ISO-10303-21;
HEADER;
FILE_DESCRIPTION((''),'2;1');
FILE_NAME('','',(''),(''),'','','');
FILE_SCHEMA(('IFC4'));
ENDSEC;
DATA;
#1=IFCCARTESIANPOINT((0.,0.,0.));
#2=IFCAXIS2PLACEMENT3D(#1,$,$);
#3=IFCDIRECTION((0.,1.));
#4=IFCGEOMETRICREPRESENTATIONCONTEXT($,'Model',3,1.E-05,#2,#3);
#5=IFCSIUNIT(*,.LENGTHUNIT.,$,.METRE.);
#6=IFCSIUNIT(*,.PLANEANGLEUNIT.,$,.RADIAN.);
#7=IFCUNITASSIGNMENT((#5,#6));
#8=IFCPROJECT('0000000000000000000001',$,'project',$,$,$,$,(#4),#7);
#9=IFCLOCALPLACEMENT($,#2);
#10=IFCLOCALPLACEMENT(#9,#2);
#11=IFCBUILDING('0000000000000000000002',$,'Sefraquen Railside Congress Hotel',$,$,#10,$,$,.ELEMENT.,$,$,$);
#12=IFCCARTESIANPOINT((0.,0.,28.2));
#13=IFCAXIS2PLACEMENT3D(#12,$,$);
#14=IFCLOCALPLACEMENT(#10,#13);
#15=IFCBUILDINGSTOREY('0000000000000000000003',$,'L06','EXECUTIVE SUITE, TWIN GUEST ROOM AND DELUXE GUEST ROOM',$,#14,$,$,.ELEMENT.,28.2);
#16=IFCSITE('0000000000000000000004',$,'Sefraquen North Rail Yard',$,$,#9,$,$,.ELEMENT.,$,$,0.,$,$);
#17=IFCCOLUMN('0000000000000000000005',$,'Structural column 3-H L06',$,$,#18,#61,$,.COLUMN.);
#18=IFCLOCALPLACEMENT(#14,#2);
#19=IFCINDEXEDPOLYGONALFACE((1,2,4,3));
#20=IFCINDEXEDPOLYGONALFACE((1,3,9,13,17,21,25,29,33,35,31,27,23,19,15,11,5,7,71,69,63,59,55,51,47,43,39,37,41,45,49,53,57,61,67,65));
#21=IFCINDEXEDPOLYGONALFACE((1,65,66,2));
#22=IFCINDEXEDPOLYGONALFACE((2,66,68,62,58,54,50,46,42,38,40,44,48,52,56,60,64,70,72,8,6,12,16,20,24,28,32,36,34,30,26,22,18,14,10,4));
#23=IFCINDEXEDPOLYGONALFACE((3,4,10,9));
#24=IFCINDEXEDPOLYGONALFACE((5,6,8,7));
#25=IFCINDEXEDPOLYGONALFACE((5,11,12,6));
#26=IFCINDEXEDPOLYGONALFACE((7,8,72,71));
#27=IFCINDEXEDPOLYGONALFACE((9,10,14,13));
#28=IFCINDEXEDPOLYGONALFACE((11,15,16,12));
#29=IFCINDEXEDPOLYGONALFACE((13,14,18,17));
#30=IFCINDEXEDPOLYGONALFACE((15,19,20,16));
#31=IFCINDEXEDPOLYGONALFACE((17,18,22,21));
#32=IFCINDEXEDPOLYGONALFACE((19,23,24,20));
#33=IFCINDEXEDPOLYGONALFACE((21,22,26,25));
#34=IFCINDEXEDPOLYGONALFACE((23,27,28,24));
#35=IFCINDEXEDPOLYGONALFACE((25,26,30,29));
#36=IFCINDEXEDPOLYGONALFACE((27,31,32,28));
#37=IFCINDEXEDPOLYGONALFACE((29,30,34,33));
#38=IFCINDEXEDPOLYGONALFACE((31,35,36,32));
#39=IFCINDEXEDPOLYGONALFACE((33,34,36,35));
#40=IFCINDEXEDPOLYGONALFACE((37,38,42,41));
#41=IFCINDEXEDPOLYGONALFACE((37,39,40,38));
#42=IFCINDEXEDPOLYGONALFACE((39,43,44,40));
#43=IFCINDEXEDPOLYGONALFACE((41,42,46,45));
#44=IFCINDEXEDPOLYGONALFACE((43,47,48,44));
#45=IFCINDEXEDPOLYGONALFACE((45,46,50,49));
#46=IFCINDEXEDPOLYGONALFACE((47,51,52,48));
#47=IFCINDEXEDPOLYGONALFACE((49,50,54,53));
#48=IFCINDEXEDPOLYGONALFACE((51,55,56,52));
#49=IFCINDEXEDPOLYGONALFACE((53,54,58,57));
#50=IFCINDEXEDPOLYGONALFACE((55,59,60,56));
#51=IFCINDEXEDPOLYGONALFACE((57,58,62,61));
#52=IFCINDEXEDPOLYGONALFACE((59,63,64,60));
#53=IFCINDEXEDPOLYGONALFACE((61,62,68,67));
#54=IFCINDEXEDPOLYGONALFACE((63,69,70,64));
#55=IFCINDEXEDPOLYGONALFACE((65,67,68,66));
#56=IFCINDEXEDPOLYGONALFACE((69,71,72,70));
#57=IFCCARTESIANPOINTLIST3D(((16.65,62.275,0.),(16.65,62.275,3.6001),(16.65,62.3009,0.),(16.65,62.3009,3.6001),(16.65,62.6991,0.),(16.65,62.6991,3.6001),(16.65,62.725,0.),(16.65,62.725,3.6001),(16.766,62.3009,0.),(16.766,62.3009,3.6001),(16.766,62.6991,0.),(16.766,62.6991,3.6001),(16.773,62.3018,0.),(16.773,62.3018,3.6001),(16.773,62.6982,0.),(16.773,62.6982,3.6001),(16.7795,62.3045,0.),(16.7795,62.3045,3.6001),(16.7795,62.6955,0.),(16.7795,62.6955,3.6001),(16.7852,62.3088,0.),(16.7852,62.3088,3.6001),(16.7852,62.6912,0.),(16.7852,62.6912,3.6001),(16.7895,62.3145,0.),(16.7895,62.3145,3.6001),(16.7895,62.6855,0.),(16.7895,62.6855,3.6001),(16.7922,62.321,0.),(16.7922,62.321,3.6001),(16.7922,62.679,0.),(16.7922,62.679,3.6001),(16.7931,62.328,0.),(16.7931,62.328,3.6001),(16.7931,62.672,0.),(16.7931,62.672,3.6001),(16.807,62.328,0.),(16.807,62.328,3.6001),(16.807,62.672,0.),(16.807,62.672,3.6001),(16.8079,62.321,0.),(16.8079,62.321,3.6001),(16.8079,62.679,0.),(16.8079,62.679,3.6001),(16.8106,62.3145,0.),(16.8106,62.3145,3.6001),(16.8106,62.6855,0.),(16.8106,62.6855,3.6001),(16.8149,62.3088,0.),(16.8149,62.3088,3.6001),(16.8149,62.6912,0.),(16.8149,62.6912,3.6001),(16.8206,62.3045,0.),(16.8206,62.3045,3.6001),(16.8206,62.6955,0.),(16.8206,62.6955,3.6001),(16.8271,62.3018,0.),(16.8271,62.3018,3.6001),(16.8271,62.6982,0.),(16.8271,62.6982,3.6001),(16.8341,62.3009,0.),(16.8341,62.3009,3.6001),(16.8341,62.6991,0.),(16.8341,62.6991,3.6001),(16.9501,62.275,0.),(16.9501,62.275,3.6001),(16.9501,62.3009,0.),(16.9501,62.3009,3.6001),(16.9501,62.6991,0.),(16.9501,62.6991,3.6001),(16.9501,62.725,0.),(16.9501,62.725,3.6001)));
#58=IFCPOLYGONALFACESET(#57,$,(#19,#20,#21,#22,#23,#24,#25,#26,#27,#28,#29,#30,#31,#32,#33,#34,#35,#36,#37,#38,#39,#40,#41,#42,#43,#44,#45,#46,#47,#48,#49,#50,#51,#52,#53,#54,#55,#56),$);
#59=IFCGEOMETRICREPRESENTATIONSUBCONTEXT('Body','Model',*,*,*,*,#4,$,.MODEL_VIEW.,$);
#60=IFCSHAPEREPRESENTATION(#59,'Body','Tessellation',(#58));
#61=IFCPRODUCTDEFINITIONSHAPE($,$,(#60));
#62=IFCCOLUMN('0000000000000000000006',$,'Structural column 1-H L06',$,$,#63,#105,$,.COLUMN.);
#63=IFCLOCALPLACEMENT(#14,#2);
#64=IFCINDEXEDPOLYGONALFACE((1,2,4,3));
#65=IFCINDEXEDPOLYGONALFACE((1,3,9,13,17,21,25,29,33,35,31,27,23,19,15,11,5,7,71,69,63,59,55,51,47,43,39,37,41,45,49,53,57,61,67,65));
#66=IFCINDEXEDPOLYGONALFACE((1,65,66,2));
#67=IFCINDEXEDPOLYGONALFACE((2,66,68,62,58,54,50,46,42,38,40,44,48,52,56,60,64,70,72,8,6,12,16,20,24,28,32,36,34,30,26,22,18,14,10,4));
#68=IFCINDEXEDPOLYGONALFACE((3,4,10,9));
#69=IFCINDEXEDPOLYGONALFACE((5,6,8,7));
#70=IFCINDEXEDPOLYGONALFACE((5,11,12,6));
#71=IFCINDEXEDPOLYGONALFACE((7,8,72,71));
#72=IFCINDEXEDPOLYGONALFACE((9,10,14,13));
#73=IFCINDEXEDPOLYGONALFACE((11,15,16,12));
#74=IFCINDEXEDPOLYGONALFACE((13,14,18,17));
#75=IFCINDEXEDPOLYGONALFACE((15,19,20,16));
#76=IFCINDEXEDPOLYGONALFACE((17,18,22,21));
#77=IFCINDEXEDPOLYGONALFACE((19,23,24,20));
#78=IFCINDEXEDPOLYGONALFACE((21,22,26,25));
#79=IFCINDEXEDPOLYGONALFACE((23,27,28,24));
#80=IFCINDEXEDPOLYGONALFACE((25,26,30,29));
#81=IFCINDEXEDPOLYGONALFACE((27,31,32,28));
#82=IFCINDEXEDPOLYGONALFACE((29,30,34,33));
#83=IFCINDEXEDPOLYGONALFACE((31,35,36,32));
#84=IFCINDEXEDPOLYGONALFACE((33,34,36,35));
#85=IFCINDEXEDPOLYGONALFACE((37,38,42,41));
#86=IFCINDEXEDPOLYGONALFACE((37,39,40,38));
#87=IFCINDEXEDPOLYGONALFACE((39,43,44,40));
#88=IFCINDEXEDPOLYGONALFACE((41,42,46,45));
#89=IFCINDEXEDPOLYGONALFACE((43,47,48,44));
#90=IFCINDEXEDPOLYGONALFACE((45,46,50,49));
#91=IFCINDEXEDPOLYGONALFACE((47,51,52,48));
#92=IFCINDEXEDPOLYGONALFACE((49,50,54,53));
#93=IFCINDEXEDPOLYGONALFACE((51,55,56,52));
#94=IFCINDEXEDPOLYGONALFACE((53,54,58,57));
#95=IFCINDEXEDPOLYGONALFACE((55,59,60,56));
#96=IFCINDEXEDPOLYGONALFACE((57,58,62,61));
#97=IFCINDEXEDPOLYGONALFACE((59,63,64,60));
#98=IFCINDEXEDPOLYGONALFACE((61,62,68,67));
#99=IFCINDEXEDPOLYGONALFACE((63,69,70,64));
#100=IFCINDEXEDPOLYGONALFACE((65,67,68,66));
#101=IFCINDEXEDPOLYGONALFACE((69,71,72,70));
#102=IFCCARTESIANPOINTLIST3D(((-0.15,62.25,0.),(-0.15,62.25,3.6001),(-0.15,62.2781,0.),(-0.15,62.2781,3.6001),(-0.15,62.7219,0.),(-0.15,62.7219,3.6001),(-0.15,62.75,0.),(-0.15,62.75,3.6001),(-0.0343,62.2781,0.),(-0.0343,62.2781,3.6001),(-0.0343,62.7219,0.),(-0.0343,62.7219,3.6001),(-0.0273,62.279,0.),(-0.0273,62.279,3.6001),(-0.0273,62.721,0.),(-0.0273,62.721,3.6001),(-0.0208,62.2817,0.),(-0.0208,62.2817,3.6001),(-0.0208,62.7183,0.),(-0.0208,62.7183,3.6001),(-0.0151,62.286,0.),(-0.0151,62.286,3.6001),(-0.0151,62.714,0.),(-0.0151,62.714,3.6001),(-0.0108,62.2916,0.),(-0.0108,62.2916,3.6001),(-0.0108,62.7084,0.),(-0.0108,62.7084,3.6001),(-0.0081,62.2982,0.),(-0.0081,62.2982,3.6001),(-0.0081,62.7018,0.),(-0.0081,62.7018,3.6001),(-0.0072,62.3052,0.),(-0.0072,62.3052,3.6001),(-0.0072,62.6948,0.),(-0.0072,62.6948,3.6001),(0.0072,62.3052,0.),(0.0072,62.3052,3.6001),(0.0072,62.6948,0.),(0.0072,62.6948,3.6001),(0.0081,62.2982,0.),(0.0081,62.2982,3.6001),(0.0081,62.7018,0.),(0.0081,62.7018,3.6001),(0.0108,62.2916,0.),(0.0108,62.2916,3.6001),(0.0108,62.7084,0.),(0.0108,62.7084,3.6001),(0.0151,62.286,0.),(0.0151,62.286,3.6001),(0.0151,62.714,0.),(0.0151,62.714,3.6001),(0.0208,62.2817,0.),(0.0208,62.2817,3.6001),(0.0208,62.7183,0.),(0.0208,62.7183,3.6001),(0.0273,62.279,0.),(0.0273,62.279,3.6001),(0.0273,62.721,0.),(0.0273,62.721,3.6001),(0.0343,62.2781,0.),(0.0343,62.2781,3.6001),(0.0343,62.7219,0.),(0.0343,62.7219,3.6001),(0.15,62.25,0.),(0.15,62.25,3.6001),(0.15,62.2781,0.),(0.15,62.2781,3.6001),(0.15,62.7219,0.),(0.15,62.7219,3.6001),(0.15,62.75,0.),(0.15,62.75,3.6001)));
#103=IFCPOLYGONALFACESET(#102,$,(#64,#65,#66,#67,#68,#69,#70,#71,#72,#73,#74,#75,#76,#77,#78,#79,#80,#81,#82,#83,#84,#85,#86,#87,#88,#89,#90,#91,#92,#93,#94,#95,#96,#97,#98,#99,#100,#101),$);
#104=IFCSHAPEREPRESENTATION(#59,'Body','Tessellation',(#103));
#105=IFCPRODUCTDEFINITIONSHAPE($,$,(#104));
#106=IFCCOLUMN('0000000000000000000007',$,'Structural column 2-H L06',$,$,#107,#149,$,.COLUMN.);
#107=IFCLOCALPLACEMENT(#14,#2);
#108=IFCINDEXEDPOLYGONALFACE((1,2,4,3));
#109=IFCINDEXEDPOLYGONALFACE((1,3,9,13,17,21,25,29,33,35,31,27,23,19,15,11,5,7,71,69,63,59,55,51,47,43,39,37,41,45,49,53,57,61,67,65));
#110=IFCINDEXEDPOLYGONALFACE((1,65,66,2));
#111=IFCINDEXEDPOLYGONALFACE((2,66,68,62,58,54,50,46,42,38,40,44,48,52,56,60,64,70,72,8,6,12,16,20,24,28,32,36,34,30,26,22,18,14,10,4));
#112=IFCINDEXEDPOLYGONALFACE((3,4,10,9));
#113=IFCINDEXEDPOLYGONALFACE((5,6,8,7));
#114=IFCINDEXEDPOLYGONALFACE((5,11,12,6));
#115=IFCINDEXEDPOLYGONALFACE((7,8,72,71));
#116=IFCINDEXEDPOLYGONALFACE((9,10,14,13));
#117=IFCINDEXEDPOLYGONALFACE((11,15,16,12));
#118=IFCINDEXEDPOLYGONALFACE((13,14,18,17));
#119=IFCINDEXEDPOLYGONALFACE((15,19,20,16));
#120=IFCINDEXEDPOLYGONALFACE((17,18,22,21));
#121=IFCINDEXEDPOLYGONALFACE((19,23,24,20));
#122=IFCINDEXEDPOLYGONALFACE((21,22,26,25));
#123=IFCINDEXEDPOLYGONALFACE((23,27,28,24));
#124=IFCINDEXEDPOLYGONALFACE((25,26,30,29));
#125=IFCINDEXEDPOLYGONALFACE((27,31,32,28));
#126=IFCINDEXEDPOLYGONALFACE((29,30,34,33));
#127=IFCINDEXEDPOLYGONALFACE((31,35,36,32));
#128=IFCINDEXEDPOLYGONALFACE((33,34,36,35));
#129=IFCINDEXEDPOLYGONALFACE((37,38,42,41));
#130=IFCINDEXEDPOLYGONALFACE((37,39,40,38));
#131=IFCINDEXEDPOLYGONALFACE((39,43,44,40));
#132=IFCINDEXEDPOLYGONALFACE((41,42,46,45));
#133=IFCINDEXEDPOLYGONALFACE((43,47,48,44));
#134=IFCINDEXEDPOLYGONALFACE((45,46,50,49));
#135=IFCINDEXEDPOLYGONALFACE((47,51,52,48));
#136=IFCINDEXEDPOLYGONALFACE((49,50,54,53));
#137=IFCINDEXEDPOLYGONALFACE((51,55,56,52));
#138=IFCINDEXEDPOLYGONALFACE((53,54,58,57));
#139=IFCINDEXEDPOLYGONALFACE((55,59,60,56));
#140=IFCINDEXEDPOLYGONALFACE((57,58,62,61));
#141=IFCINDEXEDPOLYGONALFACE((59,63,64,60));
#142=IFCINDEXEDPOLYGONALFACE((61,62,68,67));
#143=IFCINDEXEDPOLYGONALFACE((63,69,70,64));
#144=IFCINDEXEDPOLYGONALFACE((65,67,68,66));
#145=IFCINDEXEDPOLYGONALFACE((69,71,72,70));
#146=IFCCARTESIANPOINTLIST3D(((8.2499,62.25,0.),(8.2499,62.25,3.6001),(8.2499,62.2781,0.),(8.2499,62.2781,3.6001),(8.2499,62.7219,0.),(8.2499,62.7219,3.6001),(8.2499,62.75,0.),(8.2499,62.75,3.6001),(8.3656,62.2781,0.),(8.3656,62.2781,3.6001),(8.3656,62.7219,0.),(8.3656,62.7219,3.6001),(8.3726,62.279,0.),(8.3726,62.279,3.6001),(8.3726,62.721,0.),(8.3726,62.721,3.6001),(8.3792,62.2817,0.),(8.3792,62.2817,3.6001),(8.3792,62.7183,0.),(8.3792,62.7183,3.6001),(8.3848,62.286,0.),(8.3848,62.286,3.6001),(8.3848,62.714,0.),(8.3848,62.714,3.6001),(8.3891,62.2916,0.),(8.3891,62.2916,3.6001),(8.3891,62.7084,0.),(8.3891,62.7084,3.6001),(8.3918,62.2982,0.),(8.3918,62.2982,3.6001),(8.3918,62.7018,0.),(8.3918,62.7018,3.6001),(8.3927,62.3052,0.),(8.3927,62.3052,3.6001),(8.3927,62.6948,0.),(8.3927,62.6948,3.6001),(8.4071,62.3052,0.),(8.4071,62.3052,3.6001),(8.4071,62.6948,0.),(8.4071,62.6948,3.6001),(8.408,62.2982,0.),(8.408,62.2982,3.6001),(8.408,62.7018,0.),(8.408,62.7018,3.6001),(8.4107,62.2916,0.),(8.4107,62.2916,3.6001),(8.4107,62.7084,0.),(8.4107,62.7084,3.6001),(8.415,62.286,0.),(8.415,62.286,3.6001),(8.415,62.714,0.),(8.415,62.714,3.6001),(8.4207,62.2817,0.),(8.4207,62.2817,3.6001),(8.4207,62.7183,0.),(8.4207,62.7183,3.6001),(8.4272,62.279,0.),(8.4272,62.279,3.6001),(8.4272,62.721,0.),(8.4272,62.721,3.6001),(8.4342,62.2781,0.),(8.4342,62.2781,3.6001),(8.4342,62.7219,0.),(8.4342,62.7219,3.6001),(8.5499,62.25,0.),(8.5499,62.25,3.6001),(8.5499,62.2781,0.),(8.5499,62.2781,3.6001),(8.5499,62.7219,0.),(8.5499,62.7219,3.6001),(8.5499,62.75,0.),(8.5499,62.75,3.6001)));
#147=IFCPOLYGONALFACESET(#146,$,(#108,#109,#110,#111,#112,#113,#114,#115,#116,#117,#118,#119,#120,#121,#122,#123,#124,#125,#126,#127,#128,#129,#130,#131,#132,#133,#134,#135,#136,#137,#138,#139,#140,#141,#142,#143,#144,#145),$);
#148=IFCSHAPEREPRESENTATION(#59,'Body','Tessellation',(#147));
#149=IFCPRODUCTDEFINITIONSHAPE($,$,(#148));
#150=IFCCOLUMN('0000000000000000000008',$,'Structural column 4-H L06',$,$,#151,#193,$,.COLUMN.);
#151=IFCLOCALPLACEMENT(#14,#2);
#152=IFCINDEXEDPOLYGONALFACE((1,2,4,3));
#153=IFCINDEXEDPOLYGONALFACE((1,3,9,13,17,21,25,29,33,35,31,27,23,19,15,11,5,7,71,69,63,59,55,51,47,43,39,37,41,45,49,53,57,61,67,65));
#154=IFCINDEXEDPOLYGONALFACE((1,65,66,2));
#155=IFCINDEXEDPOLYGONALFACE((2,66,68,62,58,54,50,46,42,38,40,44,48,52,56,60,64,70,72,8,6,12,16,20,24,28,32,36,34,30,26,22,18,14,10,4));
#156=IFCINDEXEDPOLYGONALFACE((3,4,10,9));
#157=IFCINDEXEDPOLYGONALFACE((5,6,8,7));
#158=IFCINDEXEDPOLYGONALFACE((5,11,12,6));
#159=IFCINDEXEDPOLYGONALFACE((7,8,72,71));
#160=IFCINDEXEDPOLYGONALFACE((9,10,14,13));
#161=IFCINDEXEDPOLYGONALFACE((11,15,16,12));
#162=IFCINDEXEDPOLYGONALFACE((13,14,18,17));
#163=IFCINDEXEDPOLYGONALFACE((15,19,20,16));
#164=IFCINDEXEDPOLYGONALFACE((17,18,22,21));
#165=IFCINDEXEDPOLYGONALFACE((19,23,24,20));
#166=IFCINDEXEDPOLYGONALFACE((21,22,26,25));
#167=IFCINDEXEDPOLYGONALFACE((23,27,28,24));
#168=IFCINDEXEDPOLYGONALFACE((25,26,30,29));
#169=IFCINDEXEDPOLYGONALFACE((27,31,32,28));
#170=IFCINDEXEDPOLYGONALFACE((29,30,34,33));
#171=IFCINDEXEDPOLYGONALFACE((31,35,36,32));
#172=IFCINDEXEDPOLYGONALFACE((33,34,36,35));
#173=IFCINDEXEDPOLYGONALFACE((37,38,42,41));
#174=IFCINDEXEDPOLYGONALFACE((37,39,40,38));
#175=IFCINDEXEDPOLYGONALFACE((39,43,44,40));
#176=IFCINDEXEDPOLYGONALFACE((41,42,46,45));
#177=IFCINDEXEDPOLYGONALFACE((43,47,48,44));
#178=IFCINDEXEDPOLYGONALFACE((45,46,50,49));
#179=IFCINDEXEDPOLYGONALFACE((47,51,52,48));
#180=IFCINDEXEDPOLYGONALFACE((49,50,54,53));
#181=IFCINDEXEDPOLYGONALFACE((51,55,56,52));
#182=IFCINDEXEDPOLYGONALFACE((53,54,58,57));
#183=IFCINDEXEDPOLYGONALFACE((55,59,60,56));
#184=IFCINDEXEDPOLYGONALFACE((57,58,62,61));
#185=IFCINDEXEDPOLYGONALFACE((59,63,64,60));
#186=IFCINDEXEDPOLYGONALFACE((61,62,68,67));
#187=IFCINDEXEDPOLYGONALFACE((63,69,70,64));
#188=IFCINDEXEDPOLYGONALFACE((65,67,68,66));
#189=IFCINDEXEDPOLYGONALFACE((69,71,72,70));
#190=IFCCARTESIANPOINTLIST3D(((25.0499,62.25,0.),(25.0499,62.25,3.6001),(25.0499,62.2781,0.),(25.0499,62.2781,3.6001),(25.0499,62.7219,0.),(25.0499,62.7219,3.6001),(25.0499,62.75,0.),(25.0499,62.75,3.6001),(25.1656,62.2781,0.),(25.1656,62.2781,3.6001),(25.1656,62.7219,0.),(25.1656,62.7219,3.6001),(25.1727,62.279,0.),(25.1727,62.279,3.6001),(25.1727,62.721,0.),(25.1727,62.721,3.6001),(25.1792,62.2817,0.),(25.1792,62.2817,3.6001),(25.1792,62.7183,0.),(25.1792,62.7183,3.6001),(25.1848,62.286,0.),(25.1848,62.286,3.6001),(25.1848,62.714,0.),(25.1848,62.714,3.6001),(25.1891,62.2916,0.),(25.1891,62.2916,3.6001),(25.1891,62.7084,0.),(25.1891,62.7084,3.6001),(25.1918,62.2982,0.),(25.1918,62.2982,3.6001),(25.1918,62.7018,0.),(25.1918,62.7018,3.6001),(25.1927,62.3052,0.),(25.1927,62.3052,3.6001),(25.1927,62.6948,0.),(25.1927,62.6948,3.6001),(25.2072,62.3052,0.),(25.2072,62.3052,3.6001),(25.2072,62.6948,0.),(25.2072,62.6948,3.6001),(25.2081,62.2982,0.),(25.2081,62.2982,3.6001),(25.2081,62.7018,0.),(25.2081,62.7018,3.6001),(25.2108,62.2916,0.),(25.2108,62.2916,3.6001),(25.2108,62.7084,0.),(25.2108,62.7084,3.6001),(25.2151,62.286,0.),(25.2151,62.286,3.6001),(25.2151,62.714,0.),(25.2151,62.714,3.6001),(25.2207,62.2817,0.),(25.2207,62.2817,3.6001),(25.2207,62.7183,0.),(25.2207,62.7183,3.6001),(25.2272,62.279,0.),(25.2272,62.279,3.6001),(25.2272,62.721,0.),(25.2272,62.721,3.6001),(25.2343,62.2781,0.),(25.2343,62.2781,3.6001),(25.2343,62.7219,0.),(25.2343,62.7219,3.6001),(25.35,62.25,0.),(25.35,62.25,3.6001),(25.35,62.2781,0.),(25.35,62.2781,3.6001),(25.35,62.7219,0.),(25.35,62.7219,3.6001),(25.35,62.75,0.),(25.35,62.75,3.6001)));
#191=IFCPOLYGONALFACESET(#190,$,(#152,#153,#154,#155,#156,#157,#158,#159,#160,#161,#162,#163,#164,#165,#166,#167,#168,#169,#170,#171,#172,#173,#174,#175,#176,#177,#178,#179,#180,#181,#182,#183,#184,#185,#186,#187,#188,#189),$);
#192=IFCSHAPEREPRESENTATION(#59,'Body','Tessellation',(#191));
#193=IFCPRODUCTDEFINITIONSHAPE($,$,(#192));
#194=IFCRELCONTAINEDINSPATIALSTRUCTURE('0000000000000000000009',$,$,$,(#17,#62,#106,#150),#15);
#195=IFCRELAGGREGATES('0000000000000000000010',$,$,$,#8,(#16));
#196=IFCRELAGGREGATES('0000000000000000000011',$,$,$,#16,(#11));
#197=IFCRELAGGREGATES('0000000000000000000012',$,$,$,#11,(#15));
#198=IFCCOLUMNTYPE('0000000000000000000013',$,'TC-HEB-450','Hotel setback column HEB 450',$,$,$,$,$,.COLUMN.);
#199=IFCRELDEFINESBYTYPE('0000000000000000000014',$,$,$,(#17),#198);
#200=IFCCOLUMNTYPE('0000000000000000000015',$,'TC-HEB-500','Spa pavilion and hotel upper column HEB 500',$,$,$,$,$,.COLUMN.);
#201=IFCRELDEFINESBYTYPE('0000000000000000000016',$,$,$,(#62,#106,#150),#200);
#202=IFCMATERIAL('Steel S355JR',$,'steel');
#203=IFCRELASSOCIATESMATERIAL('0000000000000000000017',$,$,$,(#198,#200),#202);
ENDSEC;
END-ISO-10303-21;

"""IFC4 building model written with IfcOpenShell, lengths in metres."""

from ifc_helpers import new_model, si_unit, direction, frame, origin, origin_2d, place, context, subcontext, project, spatial, i_section, extrude, material, material_profile, profile_set, type_object, element, save


model = new_model("IFC4")

# Units and contexts
model_context = context("Model", 3, precision=1e-05, world=origin(), true_north=direction((0.0, 1.0)))
body_context = subcontext(model_context, "Body", "Model", "MODEL_VIEW")
ifc_project = project(units=[si_unit("LENGTHUNIT", "METRE"), si_unit("PLANEANGLEUNIT", "RADIAN")], contexts=[model_context])

# Site, building, storey
site_placement = place(None, origin())
site = spatial("IfcSite", under=ifc_project, at=site_placement, Name="Sefraquen North Rail Yard", CompositionType="ELEMENT", RefElevation=0.0)
building_placement = place(site_placement, origin())
building = spatial("IfcBuilding", under=site, at=building_placement, Name="Sefraquen Railside Congress Hotel", CompositionType="ELEMENT")
storey_placement = place(building_placement, frame((0.0, 0.0, 28.2)))
storey = spatial("IfcBuildingStorey", under=building, at=storey_placement, Name="L06", Description="EXECUTIVE SUITE, TWIN GUEST ROOM AND DELUXE GUEST ROOM", CompositionType="ELEMENT", Elevation=28.2)

# Columns
ifc_material_1 = material(Name="Steel S355JR", Category="steel")
ifc_material_profile_1 = material_profile(ifc_material_1, i_section(OverallWidth=0.3, OverallDepth=0.45, WebThickness=0.0139, FlangeThickness=0.0259, FilletRadius=0.0271, at=origin_2d()), Name="HEB 450")
ifc_profile_set_1 = profile_set([ifc_material_profile_1], Name="Steel S355JR")
column_type_1 = type_object("IfcColumnType", Name="TC-HEB-450", Description="Hotel setback column HEB 450", PredefinedType="COLUMN", material=ifc_profile_set_1)
column_placement = place(storey_placement, frame((16.8, 62.5, 0.0), z_axis=(0.0, 0.0, 1.0), x_axis=(1.0, 0.0, 0.0)))
element("IfcColumn", 1, at=column_placement, inside=storey, type_object=column_type_1, Name="Structural column 3-H L06", PredefinedType="COLUMN", context=body_context, shape_type="SweptSolid", body=[
    extrude(i_section(OverallWidth=0.3, OverallDepth=0.45, WebThickness=0.0139, FlangeThickness=0.0259, FilletRadius=0.0271, at=origin_2d()), origin(), (0.0, 0.0, 1.0), 3.6001),
])
ifc_material_profile_2 = material_profile(ifc_material_1, i_section(OverallWidth=0.3, OverallDepth=0.5, WebThickness=0.0144, FlangeThickness=0.0281, FilletRadius=0.0271, at=origin_2d()), Name="HEB 500")
ifc_profile_set_2 = profile_set([ifc_material_profile_2], Name="Steel S355JR")
column_type_2 = type_object("IfcColumnType", Name="TC-HEB-500", Description="Spa pavilion and hotel upper column HEB 500", PredefinedType="COLUMN", material=ifc_profile_set_2)
for number, where, z_axis, x_axis, name in (
    (2, (0.0, 62.5, 0.0), (0.0, 0.0, 1.0), (1.0, 0.0, 0.0), "Structural column 1-H L06"),
    (3, (8.3999, 62.5, 0.0), (0.0, 0.0, 1.0), (1.0, 0.0, 0.0), "Structural column 2-H L06"),
    (4, (25.2, 62.5, 0.0), (0.0, 0.0, 1.0), (1.0, 0.0, 0.0), "Structural column 4-H L06"),
):
    element("IfcColumn", number, at=place(storey_placement, frame(where, z_axis=z_axis, x_axis=x_axis)), inside=storey, type_object=column_type_2, Name=name, PredefinedType="COLUMN", context=body_context, shape_type="SweptSolid", body=[
        extrude(i_section(OverallWidth=0.3, OverallDepth=0.5, WebThickness=0.0144, FlangeThickness=0.0281, FilletRadius=0.0271, at=origin_2d()), origin(), (0.0, 0.0, 1.0), 3.6001),
    ])

save(model, "model.ifc")
